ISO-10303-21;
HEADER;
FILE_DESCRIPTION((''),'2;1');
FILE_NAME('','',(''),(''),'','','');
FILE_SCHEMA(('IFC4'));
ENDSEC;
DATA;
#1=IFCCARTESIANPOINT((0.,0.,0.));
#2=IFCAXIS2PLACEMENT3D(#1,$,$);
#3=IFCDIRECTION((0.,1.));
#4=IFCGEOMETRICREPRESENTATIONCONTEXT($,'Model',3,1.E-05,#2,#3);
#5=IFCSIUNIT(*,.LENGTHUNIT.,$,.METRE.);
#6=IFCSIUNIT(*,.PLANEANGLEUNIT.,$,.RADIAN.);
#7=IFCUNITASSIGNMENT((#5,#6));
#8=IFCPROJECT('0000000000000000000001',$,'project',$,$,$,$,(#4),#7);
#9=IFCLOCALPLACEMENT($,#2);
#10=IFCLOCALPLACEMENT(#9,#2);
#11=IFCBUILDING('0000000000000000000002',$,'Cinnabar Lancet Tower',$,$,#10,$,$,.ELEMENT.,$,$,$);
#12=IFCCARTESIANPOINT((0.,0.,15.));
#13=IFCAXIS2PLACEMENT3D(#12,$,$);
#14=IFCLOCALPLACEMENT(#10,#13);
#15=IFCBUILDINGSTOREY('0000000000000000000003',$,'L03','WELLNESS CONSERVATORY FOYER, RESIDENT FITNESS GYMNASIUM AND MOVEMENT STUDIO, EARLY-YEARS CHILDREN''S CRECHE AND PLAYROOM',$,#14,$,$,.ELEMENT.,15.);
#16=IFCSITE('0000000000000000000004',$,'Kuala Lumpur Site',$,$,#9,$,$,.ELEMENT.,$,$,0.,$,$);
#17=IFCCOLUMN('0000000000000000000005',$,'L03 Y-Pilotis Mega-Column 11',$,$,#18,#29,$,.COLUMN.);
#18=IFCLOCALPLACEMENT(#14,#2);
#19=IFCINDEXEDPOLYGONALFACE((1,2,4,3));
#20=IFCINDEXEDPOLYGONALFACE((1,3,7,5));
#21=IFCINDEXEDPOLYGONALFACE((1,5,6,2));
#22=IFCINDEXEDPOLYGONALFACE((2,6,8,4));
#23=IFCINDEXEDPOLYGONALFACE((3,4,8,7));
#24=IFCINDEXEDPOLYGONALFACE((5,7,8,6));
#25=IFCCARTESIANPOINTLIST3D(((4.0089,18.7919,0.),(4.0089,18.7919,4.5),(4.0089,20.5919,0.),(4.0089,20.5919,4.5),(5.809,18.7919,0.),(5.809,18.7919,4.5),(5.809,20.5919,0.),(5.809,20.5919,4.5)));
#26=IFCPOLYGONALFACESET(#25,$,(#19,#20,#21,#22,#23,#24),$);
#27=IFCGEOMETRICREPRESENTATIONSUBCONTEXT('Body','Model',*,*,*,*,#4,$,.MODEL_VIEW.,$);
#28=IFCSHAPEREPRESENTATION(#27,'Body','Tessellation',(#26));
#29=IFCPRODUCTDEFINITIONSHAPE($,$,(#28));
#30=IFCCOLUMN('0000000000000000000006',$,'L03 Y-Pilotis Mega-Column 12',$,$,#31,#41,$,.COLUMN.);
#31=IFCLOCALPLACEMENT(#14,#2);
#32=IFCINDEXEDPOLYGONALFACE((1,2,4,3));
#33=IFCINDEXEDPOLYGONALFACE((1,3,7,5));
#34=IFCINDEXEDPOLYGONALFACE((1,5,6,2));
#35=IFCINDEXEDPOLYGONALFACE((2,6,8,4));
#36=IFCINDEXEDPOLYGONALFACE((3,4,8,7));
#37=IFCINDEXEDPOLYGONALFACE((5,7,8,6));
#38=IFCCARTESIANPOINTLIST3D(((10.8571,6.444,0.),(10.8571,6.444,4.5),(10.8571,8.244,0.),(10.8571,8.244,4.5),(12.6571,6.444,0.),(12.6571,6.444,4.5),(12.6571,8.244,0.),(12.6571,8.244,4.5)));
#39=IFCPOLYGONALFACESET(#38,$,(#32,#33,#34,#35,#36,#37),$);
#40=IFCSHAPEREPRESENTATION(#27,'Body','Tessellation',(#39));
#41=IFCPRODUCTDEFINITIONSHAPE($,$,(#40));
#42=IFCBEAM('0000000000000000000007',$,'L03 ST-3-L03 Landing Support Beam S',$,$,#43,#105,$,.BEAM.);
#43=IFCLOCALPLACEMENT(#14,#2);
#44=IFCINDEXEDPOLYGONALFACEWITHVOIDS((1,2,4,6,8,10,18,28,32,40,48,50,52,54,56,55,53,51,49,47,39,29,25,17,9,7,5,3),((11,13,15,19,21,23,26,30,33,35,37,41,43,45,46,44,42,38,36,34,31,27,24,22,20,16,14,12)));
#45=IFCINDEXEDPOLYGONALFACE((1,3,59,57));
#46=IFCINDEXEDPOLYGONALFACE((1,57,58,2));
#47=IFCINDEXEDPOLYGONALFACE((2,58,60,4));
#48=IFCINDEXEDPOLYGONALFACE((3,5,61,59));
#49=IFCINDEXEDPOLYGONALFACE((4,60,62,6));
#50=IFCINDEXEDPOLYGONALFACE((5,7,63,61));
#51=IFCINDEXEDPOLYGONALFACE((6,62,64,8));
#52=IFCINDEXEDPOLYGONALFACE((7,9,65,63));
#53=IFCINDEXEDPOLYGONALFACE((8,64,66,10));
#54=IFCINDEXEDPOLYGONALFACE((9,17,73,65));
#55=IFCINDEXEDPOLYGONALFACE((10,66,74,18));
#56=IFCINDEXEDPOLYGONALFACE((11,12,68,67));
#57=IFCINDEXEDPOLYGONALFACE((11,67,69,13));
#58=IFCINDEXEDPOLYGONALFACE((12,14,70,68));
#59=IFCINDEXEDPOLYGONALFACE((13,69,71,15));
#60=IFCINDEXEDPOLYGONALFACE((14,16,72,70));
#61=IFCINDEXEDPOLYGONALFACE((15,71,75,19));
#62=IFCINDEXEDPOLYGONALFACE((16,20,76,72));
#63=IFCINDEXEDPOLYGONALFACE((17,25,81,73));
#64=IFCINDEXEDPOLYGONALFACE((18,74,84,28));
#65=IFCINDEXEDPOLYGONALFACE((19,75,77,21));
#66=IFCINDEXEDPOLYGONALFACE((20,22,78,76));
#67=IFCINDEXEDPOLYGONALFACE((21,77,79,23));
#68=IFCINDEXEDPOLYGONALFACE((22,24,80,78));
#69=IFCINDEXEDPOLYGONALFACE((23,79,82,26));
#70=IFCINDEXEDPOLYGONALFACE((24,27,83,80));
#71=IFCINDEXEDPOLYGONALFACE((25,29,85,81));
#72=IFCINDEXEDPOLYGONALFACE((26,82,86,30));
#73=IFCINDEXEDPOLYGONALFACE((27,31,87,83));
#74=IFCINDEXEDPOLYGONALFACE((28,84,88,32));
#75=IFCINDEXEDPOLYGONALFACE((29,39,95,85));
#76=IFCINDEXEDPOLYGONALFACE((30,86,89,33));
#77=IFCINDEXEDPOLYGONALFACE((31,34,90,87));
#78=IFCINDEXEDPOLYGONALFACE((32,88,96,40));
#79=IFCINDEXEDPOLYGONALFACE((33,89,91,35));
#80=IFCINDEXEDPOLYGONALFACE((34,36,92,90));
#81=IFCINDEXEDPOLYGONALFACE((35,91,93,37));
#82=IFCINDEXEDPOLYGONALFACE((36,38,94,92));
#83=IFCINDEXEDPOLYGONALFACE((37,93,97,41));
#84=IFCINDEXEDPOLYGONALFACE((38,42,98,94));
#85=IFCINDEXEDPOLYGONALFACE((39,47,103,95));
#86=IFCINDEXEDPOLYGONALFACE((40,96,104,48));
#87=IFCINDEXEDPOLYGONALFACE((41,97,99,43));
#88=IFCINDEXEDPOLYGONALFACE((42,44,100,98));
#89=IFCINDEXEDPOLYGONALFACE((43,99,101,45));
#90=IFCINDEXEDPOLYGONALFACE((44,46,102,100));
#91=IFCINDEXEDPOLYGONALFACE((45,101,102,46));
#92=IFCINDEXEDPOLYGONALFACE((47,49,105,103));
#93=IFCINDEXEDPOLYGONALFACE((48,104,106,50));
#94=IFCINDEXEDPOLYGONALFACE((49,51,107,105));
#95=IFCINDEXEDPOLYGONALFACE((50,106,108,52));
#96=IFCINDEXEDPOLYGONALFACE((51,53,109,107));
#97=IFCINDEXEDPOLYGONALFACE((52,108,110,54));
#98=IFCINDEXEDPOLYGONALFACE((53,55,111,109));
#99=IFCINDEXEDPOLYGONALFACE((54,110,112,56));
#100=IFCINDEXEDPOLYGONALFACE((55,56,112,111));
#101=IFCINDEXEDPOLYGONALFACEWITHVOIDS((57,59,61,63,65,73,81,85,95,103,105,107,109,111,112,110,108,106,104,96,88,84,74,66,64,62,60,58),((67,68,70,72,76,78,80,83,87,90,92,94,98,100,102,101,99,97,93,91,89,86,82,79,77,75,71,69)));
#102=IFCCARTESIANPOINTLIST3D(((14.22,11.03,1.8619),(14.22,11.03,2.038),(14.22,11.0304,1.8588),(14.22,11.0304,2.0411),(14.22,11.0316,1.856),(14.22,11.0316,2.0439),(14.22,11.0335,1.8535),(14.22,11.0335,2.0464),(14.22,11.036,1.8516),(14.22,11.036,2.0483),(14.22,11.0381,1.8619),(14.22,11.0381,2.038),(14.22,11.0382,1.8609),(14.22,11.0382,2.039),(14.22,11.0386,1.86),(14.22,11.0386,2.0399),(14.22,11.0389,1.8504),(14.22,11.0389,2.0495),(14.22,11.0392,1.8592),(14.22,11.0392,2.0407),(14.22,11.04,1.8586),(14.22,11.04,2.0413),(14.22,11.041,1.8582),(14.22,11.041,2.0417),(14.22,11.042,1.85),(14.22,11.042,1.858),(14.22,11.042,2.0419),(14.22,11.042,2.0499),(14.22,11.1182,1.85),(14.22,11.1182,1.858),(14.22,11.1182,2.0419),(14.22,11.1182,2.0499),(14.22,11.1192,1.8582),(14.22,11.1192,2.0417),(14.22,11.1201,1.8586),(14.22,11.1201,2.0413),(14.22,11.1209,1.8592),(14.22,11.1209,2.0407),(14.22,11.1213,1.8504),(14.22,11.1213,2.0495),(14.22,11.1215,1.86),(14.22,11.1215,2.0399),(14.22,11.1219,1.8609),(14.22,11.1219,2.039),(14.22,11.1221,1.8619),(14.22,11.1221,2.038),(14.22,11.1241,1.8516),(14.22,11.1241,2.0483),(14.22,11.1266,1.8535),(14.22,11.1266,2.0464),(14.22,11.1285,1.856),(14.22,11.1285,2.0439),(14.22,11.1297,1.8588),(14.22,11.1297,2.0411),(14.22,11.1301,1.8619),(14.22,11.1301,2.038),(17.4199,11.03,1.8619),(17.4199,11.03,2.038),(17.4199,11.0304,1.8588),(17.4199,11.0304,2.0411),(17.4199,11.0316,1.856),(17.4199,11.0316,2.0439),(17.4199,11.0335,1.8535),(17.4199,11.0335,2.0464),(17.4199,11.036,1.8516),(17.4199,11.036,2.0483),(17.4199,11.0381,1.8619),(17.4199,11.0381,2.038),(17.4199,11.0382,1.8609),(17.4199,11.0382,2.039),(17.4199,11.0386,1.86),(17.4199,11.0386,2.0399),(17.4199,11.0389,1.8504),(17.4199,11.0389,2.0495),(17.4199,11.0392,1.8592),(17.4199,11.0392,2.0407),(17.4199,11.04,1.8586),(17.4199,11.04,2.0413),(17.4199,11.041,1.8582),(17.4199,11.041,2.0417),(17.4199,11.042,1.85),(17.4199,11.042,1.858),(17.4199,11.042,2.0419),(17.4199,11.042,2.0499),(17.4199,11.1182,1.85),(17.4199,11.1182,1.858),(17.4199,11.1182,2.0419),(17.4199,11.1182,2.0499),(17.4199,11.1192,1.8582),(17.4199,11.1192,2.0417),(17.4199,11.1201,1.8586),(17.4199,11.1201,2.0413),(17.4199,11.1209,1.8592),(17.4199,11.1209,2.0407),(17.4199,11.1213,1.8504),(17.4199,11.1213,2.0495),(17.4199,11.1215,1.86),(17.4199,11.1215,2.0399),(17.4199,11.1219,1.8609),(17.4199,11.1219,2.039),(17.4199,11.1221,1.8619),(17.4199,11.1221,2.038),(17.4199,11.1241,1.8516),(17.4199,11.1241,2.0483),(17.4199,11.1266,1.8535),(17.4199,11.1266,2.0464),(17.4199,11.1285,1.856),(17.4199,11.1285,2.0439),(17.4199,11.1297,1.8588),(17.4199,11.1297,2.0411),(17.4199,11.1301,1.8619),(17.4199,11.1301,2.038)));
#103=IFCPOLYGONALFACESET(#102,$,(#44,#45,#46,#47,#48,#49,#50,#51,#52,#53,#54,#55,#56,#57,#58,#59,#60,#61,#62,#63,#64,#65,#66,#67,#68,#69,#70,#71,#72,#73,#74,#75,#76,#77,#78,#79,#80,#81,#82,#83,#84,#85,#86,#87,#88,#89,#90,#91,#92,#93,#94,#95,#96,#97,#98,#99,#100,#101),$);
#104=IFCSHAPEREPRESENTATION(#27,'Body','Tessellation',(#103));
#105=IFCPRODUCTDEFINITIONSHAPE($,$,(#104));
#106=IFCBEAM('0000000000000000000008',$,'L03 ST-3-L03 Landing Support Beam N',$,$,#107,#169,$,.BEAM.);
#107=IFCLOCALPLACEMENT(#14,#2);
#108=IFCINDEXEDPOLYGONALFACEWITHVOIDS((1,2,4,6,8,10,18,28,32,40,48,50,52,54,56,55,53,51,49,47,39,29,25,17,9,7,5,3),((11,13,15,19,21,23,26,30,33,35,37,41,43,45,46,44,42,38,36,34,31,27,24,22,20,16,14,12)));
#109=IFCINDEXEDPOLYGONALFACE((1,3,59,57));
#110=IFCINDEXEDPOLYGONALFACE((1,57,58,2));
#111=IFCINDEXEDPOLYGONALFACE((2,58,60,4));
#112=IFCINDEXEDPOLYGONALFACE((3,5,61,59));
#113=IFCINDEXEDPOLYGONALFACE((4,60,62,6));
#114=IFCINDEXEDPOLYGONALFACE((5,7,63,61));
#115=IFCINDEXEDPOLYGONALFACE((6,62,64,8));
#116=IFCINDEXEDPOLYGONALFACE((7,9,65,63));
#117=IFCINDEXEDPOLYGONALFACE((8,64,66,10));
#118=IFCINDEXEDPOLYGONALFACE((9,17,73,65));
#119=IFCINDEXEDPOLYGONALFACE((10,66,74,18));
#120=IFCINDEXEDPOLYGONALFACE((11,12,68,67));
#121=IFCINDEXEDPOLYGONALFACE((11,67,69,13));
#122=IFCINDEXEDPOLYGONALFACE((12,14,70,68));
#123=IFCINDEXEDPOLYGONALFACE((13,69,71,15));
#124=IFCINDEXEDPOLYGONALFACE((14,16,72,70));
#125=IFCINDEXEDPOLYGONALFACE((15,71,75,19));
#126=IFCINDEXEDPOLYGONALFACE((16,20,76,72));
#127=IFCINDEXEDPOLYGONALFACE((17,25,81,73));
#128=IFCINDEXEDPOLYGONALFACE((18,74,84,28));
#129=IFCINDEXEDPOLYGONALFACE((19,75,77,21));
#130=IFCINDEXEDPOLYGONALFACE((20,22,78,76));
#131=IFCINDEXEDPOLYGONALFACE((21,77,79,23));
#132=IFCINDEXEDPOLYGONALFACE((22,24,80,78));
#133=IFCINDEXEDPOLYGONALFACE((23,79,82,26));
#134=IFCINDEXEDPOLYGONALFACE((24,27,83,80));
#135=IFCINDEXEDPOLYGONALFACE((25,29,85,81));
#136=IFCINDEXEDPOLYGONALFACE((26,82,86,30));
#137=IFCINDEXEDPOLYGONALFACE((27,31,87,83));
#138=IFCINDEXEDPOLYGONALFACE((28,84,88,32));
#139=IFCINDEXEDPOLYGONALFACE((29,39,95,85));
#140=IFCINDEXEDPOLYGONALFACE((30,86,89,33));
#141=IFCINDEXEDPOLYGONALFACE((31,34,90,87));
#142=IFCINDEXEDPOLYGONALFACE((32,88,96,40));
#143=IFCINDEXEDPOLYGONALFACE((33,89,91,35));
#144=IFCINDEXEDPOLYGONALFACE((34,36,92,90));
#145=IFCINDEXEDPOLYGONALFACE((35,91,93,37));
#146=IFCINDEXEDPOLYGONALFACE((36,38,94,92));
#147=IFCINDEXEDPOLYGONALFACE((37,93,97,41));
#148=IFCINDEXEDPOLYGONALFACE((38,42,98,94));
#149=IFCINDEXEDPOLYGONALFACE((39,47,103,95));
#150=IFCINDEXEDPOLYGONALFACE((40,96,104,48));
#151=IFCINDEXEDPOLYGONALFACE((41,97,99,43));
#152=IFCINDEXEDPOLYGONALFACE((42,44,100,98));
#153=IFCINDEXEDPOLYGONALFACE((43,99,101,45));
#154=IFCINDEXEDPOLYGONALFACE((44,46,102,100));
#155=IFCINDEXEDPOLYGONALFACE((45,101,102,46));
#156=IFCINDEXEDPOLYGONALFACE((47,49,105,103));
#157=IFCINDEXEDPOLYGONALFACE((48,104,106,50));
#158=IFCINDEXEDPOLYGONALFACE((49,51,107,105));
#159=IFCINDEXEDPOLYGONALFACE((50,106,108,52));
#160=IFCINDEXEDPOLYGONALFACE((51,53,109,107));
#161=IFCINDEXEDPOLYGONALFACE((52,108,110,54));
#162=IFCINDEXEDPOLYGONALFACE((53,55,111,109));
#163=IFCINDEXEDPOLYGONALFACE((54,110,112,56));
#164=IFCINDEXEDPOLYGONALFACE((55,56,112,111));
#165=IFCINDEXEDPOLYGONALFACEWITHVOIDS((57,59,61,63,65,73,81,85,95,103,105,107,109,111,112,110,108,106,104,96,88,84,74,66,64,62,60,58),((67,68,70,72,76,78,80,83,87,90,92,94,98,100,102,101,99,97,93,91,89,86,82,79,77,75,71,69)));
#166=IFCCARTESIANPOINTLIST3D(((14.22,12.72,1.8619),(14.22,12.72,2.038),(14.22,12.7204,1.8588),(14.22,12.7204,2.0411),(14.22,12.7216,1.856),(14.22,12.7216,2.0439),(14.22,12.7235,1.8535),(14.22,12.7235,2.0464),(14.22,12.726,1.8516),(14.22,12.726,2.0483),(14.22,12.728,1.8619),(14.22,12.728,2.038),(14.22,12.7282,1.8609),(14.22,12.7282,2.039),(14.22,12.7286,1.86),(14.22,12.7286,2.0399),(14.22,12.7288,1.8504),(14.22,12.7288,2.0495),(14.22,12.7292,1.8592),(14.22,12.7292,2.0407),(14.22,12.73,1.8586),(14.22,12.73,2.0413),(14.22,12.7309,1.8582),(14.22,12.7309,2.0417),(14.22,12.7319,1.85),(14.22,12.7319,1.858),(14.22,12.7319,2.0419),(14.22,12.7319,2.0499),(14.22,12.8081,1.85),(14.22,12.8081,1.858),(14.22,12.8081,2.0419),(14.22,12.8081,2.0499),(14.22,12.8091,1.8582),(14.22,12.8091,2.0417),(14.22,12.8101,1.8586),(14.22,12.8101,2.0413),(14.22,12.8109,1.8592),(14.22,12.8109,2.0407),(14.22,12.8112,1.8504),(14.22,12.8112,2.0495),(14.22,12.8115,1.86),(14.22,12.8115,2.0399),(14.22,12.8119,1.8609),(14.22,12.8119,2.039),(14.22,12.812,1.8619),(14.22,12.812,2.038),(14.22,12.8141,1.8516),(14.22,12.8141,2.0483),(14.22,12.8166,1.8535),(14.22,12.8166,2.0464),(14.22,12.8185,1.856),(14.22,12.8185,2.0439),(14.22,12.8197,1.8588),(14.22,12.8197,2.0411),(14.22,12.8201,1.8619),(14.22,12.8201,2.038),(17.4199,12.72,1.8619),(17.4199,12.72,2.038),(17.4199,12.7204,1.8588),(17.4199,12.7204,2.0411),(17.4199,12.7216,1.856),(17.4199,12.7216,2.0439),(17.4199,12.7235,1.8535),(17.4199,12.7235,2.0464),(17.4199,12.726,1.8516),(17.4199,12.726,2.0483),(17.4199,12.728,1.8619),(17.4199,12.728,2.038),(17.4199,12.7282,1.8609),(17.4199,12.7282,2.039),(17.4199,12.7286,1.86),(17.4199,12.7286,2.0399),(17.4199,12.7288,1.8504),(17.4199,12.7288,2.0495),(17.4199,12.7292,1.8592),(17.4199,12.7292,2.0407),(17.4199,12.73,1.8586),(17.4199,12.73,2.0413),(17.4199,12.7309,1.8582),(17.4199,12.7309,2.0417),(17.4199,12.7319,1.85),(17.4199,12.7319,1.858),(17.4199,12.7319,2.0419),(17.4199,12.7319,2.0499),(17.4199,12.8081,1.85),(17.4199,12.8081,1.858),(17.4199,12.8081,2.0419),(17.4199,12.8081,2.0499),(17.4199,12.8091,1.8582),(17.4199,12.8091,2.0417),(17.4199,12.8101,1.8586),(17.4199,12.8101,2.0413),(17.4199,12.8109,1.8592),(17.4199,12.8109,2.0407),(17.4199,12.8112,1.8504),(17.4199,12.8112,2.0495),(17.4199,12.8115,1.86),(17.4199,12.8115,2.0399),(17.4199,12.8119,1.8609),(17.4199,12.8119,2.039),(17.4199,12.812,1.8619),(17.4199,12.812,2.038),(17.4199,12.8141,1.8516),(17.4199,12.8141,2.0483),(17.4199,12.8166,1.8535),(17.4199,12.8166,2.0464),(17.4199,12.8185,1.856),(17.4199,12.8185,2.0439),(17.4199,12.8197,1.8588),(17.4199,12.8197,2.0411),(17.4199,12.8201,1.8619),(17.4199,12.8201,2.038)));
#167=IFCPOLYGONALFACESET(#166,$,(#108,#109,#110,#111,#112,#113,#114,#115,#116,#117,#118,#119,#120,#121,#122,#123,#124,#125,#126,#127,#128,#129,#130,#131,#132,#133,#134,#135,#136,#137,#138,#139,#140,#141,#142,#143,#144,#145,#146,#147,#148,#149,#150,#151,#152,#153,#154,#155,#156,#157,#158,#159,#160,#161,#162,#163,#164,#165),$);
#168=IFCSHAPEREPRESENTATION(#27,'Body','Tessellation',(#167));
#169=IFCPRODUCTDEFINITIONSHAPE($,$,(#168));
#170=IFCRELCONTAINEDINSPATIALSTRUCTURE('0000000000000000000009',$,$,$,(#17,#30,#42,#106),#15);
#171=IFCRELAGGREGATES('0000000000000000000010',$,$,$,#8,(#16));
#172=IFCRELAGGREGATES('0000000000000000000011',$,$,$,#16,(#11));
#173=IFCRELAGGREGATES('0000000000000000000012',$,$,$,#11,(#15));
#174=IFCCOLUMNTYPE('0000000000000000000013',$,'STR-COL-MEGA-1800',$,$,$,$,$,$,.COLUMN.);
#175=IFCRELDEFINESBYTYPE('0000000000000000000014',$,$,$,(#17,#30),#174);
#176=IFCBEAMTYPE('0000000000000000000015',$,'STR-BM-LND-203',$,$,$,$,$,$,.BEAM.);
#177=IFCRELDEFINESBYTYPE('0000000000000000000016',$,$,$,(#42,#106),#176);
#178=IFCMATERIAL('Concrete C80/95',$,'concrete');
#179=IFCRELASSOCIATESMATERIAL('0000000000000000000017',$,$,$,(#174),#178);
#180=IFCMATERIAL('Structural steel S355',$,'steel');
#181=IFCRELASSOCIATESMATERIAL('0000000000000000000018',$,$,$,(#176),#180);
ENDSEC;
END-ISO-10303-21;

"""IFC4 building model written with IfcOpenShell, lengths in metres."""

from ifc_helpers import new_model, si_unit, direction, frame, origin, origin_2d, place, context, subcontext, project, spatial, rectangle, hollow_rectangle, extrude, material, material_profile, profile_set, type_object, element, save


model = new_model("IFC4")

# Units and contexts
model_context = context("Model", 3, precision=1e-05, world=origin(), true_north=direction((0.0, 1.0)))
body_context = subcontext(model_context, "Body", "Model", "MODEL_VIEW")
ifc_project = project(units=[si_unit("LENGTHUNIT", "METRE"), si_unit("PLANEANGLEUNIT", "RADIAN")], contexts=[model_context])

# Site, building, storey
site_placement = place(None, origin())
site = spatial("IfcSite", under=ifc_project, at=site_placement, Name="Kuala Lumpur Site", CompositionType="ELEMENT", RefElevation=0.0)
building_placement = place(site_placement, origin())
building = spatial("IfcBuilding", under=site, at=building_placement, Name="Cinnabar Lancet Tower", CompositionType="ELEMENT")
storey_placement = place(building_placement, frame((0.0, 0.0, 15.0)))
storey = spatial("IfcBuildingStorey", under=building, at=storey_placement, Name="L03", Description="WELLNESS CONSERVATORY FOYER, RESIDENT FITNESS GYMNASIUM AND MOVEMENT STUDIO, EARLY-YEARS CHILDREN'S CRECHE AND PLAYROOM", CompositionType="ELEMENT", Elevation=15.0)

# Columns
ifc_material_1 = material(Name="Concrete C80/95", Category="concrete")
ifc_material_profile_1 = material_profile(ifc_material_1, rectangle(XDim=1.8, YDim=1.8, at=origin_2d()), Name="RC-MEGA 1800x1800")
ifc_profile_set_1 = profile_set([ifc_material_profile_1], Name="Concrete C80/95")
column_type = type_object("IfcColumnType", Name="STR-COL-MEGA-1800", PredefinedType="COLUMN", material=ifc_profile_set_1)
for number, where, z_axis, x_axis, name in (
    (1, (4.9089, 19.6919, 0.0), (0.0, 0.0, 1.0), (1.0, 0.0, 0.0), "L03 Y-Pilotis Mega-Column 11"),
    (2, (11.7571, 7.344, 0.0), (0.0, 0.0, 1.0), (1.0, 0.0, 0.0), "L03 Y-Pilotis Mega-Column 12"),
):
    element("IfcColumn", number, at=place(storey_placement, frame(where, z_axis=z_axis, x_axis=x_axis)), inside=storey, type_object=column_type, Name=name, PredefinedType="COLUMN", context=body_context, shape_type="SweptSolid", body=[
        extrude(rectangle(XDim=1.8, YDim=1.8, at=origin_2d()), origin(), (0.0, 0.0, 1.0), 4.5),
    ])

# Beams
ifc_material_2 = material(Name="Structural steel S355", Category="steel")
ifc_material_profile_2 = material_profile(ifc_material_2, hollow_rectangle(XDim=0.1001, YDim=0.2, WallThickness=0.0081, InnerFilletRadius=0.0039, OuterFilletRadius=0.012, at=origin_2d()), Name="RHS 200x100x8")
ifc_profile_set_2 = profile_set([ifc_material_profile_2], Name="Structural steel S355")
beam_type_1 = type_object("IfcBeamType", Name="STR-BM-LND-203", PredefinedType="BEAM", material=ifc_profile_set_2)
for number, where, z_axis, x_axis, name in (
    (3, (14.22, 11.0801, 1.95), (1.0, 0.0, 0.0), (0.0, 1.0, 0.0), "L03 ST-3-L03 Landing Support Beam S"),
    (4, (14.22, 12.77, 1.95), (1.0, 0.0, 0.0), (0.0, 1.0, 0.0), "L03 ST-3-L03 Landing Support Beam N"),
):
    element("IfcBeam", number, at=place(storey_placement, frame(where, z_axis=z_axis, x_axis=x_axis)), inside=storey, type_object=beam_type_1, Name=name, PredefinedType="BEAM", context=body_context, shape_type="SweptSolid", body=[
        extrude(hollow_rectangle(XDim=0.1001, YDim=0.2, WallThickness=0.0081, InnerFilletRadius=0.0039, OuterFilletRadius=0.012, at=origin_2d()), origin(), (0.0, 0.0, 1.0), 3.2),
    ])

save(model, "model.ifc")
